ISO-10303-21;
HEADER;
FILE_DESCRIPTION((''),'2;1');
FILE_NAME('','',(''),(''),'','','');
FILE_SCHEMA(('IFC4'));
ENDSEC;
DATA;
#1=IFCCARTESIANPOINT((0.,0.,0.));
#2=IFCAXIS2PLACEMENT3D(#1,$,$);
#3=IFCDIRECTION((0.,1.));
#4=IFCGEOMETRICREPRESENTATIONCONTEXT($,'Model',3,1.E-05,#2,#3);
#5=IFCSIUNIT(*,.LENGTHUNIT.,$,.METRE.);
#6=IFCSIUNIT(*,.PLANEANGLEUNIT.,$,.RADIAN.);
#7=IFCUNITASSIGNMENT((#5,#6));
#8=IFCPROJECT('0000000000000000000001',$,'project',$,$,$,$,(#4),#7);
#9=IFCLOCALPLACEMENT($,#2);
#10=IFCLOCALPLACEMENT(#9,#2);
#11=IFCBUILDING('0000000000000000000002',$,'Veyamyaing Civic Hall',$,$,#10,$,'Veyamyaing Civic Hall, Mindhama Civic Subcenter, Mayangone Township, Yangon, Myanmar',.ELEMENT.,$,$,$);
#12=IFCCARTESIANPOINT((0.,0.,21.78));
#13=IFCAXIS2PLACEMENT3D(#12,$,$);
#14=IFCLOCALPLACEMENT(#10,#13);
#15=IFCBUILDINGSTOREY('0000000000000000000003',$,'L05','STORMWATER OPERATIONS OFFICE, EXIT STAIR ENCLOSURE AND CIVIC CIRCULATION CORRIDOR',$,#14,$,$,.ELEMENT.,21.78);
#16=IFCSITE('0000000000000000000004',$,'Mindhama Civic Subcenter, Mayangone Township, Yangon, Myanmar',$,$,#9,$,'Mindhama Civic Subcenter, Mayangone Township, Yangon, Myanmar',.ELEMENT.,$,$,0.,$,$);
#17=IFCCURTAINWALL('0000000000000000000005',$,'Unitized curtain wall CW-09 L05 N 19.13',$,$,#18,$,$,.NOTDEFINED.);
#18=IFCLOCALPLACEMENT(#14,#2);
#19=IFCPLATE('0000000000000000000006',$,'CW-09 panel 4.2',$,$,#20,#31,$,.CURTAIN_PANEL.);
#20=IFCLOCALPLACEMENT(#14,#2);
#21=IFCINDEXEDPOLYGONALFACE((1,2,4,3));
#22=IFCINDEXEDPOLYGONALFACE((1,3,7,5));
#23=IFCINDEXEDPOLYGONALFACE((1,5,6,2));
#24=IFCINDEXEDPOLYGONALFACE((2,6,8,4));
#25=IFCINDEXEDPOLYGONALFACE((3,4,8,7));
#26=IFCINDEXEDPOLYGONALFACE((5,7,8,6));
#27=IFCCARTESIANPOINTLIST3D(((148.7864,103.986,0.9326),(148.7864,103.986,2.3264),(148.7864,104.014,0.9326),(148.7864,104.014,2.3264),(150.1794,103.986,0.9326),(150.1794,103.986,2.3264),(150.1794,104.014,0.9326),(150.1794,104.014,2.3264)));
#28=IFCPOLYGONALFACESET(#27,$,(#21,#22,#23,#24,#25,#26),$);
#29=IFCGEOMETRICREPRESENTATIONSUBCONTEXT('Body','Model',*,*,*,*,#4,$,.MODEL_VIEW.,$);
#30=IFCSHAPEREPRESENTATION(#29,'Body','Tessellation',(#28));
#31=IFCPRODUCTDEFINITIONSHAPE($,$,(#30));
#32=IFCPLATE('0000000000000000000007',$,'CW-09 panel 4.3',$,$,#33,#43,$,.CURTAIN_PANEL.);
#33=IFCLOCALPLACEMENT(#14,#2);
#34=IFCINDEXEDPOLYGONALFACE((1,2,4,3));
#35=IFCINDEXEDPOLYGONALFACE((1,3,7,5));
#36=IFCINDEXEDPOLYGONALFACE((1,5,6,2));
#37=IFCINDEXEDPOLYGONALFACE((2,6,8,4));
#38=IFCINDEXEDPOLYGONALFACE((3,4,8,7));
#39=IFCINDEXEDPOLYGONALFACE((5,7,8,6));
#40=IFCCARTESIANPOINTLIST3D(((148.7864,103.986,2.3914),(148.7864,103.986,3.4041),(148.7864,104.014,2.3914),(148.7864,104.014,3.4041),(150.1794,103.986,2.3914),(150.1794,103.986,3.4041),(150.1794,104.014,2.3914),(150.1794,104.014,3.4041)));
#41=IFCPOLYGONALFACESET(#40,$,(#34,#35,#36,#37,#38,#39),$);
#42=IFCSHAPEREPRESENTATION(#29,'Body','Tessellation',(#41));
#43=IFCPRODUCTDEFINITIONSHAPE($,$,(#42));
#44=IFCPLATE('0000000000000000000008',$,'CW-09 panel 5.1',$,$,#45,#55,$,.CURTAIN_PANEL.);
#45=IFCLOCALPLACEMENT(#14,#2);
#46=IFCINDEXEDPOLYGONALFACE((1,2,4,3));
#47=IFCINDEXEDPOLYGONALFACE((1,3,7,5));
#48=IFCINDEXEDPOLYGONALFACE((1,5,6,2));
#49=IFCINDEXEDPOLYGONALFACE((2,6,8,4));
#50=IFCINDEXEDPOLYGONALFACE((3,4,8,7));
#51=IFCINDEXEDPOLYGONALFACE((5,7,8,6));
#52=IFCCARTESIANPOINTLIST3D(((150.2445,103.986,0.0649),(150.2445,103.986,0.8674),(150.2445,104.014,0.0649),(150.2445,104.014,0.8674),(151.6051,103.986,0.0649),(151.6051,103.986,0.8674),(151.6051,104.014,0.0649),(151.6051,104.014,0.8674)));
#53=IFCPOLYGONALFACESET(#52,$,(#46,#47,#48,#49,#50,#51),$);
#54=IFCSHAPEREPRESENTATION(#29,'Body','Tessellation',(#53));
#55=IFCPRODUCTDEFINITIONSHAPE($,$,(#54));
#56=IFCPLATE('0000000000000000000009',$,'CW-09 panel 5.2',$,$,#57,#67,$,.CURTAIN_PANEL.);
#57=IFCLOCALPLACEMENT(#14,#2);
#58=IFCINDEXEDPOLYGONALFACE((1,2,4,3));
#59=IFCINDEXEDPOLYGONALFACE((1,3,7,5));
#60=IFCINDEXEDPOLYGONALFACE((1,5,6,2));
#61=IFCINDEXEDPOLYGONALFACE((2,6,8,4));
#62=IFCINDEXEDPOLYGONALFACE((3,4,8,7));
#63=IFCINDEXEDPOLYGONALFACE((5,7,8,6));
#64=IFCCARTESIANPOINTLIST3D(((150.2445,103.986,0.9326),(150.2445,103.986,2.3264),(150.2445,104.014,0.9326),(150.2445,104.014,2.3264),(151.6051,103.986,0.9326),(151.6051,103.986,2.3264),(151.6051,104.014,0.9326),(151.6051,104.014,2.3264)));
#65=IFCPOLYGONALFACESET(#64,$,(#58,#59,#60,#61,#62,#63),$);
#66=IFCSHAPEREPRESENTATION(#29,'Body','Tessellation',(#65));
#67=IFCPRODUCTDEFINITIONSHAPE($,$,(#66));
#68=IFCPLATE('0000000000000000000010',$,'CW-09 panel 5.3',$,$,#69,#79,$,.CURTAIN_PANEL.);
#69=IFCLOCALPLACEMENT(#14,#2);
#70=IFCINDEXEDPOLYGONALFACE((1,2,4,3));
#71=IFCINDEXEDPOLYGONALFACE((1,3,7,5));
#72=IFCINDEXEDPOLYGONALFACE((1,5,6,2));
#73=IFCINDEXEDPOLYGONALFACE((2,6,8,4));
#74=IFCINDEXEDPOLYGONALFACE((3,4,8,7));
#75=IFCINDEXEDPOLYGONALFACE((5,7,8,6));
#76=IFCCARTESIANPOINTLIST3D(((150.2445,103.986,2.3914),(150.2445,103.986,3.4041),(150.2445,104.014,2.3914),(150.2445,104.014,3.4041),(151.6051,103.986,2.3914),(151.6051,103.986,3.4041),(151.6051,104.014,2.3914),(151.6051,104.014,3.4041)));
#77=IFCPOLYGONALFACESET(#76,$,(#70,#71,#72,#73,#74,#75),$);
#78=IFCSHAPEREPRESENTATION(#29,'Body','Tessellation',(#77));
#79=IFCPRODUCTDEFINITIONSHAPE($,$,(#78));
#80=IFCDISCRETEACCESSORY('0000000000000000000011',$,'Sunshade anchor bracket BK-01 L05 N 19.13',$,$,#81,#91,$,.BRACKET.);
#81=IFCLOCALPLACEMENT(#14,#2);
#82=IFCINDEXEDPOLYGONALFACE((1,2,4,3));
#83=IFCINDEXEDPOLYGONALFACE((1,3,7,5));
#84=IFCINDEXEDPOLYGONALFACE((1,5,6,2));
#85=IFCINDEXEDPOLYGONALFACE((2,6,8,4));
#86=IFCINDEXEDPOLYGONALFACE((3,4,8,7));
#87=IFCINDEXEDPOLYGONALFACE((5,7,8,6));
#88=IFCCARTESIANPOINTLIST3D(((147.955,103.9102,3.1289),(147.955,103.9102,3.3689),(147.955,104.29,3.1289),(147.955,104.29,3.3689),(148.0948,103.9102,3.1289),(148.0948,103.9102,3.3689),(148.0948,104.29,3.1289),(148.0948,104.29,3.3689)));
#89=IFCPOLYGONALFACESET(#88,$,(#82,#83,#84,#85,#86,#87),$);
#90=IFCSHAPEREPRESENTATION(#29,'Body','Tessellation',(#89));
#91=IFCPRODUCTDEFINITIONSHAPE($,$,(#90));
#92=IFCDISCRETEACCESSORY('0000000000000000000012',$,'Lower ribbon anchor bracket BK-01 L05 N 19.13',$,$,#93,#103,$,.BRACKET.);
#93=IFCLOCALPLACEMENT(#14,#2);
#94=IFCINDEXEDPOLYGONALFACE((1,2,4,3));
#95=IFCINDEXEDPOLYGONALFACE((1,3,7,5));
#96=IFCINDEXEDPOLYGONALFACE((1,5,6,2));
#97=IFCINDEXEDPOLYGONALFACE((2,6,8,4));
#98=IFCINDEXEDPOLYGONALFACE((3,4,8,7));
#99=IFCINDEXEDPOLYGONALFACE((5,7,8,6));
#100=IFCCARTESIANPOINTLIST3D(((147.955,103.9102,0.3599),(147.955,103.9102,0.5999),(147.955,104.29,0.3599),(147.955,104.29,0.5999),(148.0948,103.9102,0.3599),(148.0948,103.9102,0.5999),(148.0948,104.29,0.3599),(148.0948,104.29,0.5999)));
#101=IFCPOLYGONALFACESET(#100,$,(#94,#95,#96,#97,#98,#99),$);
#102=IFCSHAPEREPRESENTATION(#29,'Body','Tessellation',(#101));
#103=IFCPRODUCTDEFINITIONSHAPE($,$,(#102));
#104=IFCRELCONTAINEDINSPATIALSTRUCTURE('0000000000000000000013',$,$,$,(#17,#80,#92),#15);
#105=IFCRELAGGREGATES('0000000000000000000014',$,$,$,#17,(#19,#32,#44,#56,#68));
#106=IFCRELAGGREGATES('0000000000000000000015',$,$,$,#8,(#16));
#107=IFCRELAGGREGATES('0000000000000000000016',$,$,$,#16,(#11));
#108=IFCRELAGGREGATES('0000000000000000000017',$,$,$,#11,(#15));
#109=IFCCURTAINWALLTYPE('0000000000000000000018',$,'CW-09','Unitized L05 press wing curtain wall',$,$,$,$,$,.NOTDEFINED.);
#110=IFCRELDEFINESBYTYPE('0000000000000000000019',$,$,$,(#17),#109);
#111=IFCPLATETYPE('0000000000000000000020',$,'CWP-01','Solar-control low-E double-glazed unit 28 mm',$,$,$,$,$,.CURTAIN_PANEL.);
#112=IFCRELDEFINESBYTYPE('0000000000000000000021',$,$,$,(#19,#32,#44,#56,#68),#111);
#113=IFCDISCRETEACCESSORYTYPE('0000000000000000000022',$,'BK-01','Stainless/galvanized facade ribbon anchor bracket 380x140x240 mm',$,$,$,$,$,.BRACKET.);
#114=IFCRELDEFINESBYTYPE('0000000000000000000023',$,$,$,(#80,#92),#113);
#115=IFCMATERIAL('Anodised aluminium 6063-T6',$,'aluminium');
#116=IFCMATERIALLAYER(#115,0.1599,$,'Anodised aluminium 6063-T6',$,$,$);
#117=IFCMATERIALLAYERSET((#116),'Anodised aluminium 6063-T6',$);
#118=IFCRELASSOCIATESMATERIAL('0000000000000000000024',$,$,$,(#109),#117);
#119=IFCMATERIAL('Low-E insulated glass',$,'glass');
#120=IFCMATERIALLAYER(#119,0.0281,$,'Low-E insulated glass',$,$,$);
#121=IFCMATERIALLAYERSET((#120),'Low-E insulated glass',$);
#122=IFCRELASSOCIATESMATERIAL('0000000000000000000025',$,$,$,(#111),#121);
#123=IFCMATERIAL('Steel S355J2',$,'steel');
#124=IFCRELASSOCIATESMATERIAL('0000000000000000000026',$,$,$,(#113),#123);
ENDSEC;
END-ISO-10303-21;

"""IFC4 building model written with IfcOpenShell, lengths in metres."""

from ifc_helpers import new_model, si_unit, direction, frame, origin, origin_2d, place, context, subcontext, project, spatial, rectangle, extrude, material, layer, layer_set, type_object, element, aggregate, save


model = new_model("IFC4")

# Units and contexts
model_context = context("Model", 3, precision=1e-05, world=origin(), true_north=direction((0.0, 1.0)))
body_context = subcontext(model_context, "Body", "Model", "MODEL_VIEW")
ifc_project = project(units=[si_unit("LENGTHUNIT", "METRE"), si_unit("PLANEANGLEUNIT", "RADIAN")], contexts=[model_context])

# Site, building, storey
site_placement = place(None, origin())
site = spatial("IfcSite", under=ifc_project, at=site_placement, Name="Mindhama Civic Subcenter, Mayangone Township, Yangon, Myanmar", LongName="Mindhama Civic Subcenter, Mayangone Township, Yangon, Myanmar", CompositionType="ELEMENT", RefElevation=0.0)
building_placement = place(site_placement, origin())
building = spatial("IfcBuilding", under=site, at=building_placement, Name="Veyamyaing Civic Hall", LongName="Veyamyaing Civic Hall, Mindhama Civic Subcenter, Mayangone Township, Yangon, Myanmar", CompositionType="ELEMENT")
storey_placement = place(building_placement, frame((0.0, 0.0, 21.78)))
storey = spatial("IfcBuildingStorey", under=building, at=storey_placement, Name="L05", Description="STORMWATER OPERATIONS OFFICE, EXIT STAIR ENCLOSURE AND CIVIC CIRCULATION CORRIDOR", CompositionType="ELEMENT", Elevation=21.78)

# Curtain wall, plates
ifc_material_1 = material(Name="Anodised aluminium 6063-T6", Category="aluminium")
ifc_layer_1 = layer(ifc_material_1, 0.1599, Name="Anodised aluminium 6063-T6")
ifc_layer_set_1 = layer_set([ifc_layer_1], Name="Anodised aluminium 6063-T6")
curtain_wall_type = type_object("IfcCurtainWallType", Name="CW-09", Description="Unitized L05 press wing curtain wall", PredefinedType="NOTDEFINED", material=ifc_layer_set_1)
curtain_wall_placement = place(storey_placement, origin())
curtain_wall = element("IfcCurtainWall", 1, at=curtain_wall_placement, inside=storey, type_object=curtain_wall_type, Name="Unitized curtain wall CW-09 L05 N 19.13", PredefinedType="NOTDEFINED")
ifc_material_2 = material(Name="Low-E insulated glass", Category="glass")
ifc_layer_2 = layer(ifc_material_2, 0.0281, Name="Low-E insulated glass")
ifc_layer_set_2 = layer_set([ifc_layer_2], Name="Low-E insulated glass")
plate_type = type_object("IfcPlateType", Name="CWP-01", Description="Solar-control low-E double-glazed unit 28 mm", PredefinedType="CURTAIN_PANEL", material=ifc_layer_set_2)
plate_1_placement = place(storey_placement, frame((149.4829, 104.0, 0.9326), z_axis=(0.0, 0.0, 1.0), x_axis=(1.0, 0.0, 0.0)))
plate_1 = element("IfcPlate", 2, at=plate_1_placement, type_object=plate_type, Name="CW-09 panel 4.2", PredefinedType="CURTAIN_PANEL", context=body_context, shape_type="SweptSolid", body=[
    extrude(rectangle(XDim=1.3931, YDim=0.0281, at=origin_2d()), origin(), (0.0, 0.0, 1.0), 1.3938),
])
plate_2_placement = place(storey_placement, frame((149.4829, 104.0, 2.3914), z_axis=(0.0, 0.0, 1.0), x_axis=(1.0, 0.0, 0.0)))
plate_2 = element("IfcPlate", 3, at=plate_2_placement, type_object=plate_type, Name="CW-09 panel 4.3", PredefinedType="CURTAIN_PANEL", context=body_context, shape_type="SweptSolid", body=[
    extrude(rectangle(XDim=1.3931, YDim=0.0281, at=origin_2d()), origin(), (0.0, 0.0, 1.0), 1.0127),
])
plate_3_placement = place(storey_placement, frame((150.9248, 104.0, 0.0649), z_axis=(0.0, 0.0, 1.0), x_axis=(1.0, 0.0, 0.0)))
plate_3 = element("IfcPlate", 4, at=plate_3_placement, type_object=plate_type, Name="CW-09 panel 5.1", PredefinedType="CURTAIN_PANEL", context=body_context, shape_type="SweptSolid", body=[
    extrude(rectangle(XDim=1.3606, YDim=0.0281, at=origin_2d()), origin(), (0.0, 0.0, 1.0), 0.8025),
])
plate_4_placement = place(storey_placement, frame((150.9248, 104.0, 0.9326), z_axis=(0.0, 0.0, 1.0), x_axis=(1.0, 0.0, 0.0)))
plate_4 = element("IfcPlate", 5, at=plate_4_placement, type_object=plate_type, Name="CW-09 panel 5.2", PredefinedType="CURTAIN_PANEL", context=body_context, shape_type="SweptSolid", body=[
    extrude(rectangle(XDim=1.3606, YDim=0.0281, at=origin_2d()), origin(), (0.0, 0.0, 1.0), 1.3938),
])
plate_5_placement = place(storey_placement, frame((150.9248, 104.0, 2.3914), z_axis=(0.0, 0.0, 1.0), x_axis=(1.0, 0.0, 0.0)))
plate_5 = element("IfcPlate", 6, at=plate_5_placement, type_object=plate_type, Name="CW-09 panel 5.3", PredefinedType="CURTAIN_PANEL", context=body_context, shape_type="SweptSolid", body=[
    extrude(rectangle(XDim=1.3606, YDim=0.0281, at=origin_2d()), origin(), (0.0, 0.0, 1.0), 1.0127),
])
aggregate(curtain_wall, [plate_1, plate_2, plate_3, plate_4, plate_5])

# Discrete accessories
ifc_material_3 = material(Name="Steel S355J2", Category="steel")
discrete_accessory_type = type_object("IfcDiscreteAccessoryType", Name="BK-01", Description="Stainless/galvanized facade ribbon anchor bracket 380x140x240 mm", PredefinedType="BRACKET", material=ifc_material_3)
for number, where, z_axis, x_axis, name in (
    (7, (148.0249, 104.1001, 3.1289), (0.0, 0.0, 1.0), (0.0, 1.0, 0.0), "Sunshade anchor bracket BK-01 L05 N 19.13"),
    (8, (148.0249, 104.1001, 0.3599), (0.0, 0.0, 1.0), (0.0, 1.0, 0.0), "Lower ribbon anchor bracket BK-01 L05 N 19.13"),
):
    element("IfcDiscreteAccessory", number, at=place(storey_placement, frame(where, z_axis=z_axis, x_axis=x_axis)), inside=storey, type_object=discrete_accessory_type, Name=name, PredefinedType="BRACKET", context=body_context, shape_type="SweptSolid", body=[
        extrude(rectangle(XDim=0.3799, YDim=0.1399, at=origin_2d()), origin(), (0.0, 0.0, 1.0), 0.24),
    ])

save(model, "model.ifc")
